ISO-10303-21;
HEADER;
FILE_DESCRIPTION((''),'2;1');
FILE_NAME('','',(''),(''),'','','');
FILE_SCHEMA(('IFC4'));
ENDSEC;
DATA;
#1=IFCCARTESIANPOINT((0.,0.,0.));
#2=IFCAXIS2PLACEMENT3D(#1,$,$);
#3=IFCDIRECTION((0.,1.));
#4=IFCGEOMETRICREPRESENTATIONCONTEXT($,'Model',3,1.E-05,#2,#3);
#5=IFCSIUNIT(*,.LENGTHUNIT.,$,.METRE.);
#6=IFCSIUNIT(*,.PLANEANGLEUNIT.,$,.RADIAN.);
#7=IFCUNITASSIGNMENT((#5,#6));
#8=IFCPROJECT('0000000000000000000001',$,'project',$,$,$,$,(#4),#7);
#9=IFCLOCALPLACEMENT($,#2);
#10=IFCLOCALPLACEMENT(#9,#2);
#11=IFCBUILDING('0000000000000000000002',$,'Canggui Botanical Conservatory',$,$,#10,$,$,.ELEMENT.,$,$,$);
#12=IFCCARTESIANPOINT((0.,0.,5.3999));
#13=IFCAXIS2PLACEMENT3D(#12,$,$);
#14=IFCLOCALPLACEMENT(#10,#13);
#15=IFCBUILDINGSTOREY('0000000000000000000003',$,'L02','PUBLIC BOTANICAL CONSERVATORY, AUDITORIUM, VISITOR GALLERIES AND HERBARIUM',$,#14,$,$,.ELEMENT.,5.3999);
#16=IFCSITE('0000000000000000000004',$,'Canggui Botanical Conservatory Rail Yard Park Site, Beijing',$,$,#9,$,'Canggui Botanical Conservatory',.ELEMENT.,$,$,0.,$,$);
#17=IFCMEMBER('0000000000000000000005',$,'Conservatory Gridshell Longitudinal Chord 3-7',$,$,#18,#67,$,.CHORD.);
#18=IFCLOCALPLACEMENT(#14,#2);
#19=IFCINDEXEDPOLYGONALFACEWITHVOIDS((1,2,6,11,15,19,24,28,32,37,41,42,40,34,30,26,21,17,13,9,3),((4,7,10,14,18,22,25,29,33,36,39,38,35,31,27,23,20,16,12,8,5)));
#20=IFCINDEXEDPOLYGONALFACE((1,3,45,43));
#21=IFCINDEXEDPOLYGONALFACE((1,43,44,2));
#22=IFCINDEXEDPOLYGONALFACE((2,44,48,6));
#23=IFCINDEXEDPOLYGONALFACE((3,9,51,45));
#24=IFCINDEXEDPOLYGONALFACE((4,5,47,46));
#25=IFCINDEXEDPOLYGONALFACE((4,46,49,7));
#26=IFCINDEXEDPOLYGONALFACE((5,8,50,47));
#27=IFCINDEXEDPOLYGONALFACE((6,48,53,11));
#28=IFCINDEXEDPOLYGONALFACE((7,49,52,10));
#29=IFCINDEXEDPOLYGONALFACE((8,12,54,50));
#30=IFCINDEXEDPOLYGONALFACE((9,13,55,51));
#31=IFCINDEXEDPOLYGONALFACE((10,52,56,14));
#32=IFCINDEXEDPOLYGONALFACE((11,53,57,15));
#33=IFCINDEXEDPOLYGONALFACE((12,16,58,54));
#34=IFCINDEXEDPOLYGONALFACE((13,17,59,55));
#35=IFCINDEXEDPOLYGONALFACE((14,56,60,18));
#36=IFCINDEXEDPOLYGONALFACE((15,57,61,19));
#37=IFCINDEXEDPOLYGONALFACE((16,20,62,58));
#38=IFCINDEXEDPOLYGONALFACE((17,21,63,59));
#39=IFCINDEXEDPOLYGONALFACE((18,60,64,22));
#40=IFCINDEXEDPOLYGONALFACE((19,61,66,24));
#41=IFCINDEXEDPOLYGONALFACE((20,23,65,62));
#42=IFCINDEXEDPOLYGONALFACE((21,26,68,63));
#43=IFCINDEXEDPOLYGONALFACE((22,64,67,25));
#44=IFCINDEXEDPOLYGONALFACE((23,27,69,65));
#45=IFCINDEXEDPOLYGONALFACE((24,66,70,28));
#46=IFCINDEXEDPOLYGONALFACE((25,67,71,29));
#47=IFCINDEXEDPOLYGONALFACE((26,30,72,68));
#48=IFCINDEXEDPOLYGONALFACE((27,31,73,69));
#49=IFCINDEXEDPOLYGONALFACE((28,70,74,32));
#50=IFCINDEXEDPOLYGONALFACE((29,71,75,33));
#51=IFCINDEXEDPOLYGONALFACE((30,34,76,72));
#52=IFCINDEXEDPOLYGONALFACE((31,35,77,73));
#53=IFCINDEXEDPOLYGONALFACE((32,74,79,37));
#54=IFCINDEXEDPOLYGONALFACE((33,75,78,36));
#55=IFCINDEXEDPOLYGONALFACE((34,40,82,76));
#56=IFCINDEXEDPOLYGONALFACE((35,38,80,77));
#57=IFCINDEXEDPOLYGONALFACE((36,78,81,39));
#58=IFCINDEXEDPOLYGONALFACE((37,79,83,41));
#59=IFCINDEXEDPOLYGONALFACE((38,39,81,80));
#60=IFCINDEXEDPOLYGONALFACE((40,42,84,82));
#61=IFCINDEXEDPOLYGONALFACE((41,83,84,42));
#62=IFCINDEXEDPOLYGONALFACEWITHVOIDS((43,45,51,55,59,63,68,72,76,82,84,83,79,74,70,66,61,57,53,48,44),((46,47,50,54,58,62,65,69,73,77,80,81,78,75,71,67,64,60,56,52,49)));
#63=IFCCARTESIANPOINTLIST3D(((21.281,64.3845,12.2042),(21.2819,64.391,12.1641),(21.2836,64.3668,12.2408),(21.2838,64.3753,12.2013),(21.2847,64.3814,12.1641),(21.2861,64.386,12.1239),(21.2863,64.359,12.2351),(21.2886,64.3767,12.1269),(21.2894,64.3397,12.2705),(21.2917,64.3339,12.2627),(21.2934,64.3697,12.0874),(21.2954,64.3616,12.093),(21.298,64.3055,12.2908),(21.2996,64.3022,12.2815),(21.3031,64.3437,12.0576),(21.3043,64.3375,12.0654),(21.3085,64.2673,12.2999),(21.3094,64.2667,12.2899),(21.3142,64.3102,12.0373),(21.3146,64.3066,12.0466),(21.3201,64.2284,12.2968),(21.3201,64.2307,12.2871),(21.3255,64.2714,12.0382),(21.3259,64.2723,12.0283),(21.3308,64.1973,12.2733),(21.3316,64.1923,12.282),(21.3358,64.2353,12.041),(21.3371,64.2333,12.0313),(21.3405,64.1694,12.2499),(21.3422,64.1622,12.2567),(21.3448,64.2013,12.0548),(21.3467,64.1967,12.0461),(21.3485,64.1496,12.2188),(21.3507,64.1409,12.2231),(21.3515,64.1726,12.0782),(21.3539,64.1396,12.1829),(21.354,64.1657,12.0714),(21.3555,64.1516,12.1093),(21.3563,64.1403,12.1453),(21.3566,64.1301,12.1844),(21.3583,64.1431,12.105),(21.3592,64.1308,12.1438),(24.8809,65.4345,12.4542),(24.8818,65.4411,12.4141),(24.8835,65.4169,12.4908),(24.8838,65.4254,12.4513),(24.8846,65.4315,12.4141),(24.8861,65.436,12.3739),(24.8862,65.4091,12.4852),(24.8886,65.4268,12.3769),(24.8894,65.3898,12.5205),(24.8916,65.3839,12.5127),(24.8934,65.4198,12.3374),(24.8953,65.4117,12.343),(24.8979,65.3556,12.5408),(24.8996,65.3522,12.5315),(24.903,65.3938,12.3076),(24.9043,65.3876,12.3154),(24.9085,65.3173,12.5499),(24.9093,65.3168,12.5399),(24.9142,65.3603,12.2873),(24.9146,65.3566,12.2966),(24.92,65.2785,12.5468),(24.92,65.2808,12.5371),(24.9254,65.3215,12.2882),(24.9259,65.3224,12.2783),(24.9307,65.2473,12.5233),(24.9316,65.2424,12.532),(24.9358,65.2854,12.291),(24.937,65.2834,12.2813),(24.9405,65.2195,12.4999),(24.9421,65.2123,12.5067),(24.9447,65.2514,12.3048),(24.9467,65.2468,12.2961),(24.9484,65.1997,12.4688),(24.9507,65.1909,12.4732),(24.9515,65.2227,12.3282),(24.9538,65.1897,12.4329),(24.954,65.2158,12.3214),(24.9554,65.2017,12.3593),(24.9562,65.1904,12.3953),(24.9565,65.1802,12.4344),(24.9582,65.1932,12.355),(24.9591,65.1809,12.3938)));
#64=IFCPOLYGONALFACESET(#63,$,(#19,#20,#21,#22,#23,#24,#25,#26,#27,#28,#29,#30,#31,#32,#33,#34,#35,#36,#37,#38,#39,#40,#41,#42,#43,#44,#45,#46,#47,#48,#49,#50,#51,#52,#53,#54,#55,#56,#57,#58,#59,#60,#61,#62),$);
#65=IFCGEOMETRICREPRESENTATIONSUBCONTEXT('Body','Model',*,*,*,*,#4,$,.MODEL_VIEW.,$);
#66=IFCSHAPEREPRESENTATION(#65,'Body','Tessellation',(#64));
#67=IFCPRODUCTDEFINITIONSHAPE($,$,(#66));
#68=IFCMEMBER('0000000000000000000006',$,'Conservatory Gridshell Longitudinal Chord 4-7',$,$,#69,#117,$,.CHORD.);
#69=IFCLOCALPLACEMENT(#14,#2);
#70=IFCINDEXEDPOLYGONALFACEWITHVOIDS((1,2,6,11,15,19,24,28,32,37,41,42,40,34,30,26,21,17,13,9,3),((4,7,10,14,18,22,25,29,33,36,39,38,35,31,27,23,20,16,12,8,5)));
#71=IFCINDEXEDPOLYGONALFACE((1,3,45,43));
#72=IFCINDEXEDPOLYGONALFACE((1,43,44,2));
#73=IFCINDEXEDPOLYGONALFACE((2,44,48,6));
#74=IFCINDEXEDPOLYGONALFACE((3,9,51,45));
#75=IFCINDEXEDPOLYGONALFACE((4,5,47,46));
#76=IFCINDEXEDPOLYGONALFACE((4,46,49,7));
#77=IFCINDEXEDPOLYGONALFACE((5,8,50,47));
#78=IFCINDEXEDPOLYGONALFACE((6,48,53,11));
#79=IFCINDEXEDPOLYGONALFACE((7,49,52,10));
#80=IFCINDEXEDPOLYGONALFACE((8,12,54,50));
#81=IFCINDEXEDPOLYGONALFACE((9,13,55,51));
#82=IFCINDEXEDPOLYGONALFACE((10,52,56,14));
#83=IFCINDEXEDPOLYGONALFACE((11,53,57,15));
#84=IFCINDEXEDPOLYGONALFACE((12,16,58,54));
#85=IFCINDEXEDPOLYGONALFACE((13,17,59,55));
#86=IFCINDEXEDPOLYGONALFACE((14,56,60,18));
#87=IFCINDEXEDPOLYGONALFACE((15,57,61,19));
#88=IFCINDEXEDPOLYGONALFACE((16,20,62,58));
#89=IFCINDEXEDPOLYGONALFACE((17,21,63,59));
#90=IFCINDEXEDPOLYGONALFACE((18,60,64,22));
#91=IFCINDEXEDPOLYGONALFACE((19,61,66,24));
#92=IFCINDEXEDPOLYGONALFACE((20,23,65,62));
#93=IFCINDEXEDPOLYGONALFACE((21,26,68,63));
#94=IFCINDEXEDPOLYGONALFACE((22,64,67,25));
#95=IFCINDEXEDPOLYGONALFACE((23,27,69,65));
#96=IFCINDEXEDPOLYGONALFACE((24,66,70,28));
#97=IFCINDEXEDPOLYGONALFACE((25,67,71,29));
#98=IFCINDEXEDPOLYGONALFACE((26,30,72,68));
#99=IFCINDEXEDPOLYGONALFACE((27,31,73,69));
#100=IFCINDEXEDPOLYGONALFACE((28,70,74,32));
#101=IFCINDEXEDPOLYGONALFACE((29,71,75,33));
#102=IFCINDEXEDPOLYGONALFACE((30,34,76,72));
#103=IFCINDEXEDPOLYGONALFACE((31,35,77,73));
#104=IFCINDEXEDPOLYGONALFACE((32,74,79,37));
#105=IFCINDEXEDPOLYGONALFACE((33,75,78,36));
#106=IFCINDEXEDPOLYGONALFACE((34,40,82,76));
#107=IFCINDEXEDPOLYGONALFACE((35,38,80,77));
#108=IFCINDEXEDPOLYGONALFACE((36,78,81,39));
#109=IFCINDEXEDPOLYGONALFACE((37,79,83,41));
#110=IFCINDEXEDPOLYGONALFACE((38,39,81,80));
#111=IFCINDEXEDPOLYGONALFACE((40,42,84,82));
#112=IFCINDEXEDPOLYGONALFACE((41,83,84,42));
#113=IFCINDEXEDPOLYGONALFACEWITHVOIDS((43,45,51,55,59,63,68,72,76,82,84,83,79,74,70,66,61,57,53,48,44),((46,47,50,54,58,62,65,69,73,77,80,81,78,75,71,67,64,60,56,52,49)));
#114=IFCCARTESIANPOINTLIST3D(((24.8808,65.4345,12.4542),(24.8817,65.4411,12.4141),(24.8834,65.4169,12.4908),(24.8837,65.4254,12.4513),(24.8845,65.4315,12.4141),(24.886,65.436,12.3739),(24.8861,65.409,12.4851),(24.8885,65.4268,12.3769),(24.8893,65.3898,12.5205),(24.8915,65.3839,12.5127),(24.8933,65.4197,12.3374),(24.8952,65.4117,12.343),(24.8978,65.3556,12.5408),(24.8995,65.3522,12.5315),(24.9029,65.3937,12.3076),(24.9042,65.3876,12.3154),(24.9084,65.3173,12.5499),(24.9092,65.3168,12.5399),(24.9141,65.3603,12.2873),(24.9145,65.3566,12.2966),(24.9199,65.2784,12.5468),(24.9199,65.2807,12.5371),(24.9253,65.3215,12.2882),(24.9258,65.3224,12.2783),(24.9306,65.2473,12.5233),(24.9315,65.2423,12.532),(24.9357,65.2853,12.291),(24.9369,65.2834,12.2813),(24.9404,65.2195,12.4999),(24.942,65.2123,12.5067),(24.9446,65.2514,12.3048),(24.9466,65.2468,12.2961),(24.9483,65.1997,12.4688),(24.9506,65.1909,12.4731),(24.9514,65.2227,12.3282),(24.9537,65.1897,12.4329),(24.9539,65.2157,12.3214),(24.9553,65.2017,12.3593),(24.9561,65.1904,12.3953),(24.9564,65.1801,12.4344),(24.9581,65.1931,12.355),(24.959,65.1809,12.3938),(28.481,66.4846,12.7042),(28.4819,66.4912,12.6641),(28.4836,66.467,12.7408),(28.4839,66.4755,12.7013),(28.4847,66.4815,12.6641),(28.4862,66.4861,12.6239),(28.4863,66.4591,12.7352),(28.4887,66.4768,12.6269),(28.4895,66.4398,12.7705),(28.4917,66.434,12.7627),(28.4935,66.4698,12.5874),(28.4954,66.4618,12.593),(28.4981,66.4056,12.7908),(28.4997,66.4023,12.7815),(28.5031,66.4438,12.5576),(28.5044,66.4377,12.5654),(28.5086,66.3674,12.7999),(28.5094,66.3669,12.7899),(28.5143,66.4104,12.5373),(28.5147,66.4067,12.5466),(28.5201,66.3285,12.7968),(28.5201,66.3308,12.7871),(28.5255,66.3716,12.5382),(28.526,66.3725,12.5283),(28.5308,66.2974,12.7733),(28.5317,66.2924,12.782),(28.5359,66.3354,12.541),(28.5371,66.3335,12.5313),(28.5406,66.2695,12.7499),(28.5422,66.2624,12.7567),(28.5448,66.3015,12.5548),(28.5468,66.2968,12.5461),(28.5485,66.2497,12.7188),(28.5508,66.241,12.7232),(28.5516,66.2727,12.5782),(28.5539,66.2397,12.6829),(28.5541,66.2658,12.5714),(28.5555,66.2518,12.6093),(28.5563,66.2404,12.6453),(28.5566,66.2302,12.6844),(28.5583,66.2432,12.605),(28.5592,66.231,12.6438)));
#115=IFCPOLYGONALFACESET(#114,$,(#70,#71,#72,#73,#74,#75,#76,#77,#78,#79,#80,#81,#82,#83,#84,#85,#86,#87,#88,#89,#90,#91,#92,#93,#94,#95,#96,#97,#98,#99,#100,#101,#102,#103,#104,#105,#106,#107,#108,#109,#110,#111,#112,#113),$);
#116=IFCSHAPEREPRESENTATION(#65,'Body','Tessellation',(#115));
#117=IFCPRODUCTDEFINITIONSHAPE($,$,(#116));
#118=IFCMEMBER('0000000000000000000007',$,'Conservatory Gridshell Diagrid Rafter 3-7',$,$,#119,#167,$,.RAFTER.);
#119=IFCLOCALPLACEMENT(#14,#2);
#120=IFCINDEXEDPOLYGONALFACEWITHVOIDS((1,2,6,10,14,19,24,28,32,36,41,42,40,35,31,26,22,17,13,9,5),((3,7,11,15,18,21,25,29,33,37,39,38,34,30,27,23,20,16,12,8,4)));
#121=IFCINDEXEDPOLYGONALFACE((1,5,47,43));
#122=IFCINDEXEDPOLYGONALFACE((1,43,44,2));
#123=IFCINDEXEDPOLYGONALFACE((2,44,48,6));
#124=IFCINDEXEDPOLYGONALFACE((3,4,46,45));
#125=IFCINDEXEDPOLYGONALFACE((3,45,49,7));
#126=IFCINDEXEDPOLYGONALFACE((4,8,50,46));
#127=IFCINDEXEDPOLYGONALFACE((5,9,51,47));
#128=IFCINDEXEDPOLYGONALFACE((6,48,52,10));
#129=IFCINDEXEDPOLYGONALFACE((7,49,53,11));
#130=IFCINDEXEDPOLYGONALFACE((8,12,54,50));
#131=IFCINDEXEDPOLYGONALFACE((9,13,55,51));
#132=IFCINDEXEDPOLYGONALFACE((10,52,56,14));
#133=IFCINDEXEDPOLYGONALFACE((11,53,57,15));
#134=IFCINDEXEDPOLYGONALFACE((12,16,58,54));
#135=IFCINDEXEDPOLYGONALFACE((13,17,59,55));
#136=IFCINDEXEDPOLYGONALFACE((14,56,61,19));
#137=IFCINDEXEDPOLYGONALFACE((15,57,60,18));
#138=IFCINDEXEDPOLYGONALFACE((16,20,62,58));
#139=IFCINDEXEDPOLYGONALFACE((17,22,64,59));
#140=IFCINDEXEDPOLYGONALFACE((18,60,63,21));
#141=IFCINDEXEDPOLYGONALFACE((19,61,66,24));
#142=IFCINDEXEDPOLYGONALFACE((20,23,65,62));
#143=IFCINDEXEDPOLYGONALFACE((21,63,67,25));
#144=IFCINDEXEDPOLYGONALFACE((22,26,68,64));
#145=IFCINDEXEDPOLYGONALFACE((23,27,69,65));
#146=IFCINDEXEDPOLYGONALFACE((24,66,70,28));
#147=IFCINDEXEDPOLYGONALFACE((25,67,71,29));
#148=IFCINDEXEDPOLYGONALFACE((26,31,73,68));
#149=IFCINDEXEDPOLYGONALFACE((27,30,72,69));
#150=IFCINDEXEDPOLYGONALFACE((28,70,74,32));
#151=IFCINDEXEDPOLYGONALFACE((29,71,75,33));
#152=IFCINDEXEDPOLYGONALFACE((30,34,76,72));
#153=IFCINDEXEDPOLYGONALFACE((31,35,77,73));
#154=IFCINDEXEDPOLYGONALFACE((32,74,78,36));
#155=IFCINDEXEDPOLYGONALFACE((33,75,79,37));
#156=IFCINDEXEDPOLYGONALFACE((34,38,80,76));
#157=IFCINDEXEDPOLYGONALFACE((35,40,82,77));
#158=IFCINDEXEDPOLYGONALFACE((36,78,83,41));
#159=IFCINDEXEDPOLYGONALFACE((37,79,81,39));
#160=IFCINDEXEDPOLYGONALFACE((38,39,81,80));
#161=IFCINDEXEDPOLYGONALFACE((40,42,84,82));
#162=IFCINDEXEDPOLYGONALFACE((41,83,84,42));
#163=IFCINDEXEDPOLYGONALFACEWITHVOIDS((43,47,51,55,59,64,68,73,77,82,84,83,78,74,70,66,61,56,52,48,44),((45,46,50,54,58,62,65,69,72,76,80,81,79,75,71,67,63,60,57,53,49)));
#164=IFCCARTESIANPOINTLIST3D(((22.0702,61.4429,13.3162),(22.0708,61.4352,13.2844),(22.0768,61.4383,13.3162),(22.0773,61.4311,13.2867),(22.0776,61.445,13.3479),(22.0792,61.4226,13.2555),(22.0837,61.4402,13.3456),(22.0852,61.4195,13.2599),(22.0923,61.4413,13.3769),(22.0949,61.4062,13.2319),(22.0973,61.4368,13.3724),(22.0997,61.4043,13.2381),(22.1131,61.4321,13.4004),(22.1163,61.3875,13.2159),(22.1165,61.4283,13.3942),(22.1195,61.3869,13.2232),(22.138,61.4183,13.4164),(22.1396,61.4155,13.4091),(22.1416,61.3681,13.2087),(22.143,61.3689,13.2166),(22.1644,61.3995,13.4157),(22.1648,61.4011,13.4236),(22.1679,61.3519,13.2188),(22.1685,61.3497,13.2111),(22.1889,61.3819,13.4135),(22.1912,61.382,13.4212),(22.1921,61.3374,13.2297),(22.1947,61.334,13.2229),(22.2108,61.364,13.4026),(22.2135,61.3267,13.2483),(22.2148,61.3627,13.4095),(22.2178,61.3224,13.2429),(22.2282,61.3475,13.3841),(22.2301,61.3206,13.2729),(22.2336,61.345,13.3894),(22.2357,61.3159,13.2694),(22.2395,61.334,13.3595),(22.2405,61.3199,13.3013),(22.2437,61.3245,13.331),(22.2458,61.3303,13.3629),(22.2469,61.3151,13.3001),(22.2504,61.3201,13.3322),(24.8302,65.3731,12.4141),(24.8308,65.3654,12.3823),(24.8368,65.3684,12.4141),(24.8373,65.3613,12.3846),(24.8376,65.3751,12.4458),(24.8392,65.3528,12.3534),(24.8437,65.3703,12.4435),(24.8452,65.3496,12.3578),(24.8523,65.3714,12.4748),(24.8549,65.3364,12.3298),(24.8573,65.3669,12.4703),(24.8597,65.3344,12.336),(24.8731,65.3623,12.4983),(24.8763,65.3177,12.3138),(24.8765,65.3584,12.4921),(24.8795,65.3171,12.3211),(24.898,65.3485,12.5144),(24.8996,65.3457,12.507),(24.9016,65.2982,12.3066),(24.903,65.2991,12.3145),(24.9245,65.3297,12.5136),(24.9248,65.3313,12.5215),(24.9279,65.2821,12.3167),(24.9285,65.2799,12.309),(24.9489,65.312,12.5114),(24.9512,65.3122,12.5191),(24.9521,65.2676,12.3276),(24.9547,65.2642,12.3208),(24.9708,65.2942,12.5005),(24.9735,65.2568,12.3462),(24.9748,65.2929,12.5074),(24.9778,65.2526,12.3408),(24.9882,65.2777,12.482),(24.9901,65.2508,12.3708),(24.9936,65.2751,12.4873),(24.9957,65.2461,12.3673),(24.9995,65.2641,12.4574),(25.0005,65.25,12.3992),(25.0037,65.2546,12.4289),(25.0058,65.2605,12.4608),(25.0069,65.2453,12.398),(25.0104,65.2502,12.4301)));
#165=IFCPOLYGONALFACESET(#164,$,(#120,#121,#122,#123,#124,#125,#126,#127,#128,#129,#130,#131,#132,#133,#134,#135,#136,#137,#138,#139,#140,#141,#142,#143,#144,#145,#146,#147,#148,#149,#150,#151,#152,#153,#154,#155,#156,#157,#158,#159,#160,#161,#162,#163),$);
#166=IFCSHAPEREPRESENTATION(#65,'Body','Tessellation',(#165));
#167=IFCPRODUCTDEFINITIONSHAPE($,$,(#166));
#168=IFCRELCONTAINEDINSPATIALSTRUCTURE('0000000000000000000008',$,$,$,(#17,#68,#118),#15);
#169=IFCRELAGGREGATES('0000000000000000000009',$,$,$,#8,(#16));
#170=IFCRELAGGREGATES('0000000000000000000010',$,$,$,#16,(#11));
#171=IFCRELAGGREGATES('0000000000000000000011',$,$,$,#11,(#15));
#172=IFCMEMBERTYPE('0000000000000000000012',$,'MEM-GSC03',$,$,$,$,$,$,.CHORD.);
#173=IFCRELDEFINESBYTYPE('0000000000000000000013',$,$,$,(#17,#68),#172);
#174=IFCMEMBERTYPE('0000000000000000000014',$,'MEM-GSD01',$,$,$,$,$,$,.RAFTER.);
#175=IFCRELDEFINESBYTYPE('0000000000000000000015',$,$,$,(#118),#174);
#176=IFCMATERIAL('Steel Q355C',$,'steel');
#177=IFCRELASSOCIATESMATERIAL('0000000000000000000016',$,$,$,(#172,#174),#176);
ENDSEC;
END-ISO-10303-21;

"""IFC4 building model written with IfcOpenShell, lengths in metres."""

from ifc_helpers import new_model, si_unit, direction, frame, origin, origin_2d, place, context, subcontext, project, spatial, hollow_circle, extrude, material, material_profile, profile_set, type_object, element, save


model = new_model("IFC4")

# Units and contexts
model_context = context("Model", 3, precision=1e-05, world=origin(), true_north=direction((0.0, 1.0)))
body_context = subcontext(model_context, "Body", "Model", "MODEL_VIEW")
ifc_project = project(units=[si_unit("LENGTHUNIT", "METRE"), si_unit("PLANEANGLEUNIT", "RADIAN")], contexts=[model_context])

# Site, building, storey
site_placement = place(None, origin())
site = spatial("IfcSite", under=ifc_project, at=site_placement, Name="Canggui Botanical Conservatory Rail Yard Park Site, Beijing", LongName="Canggui Botanical Conservatory", CompositionType="ELEMENT", RefElevation=0.0)
building_placement = place(site_placement, origin())
building = spatial("IfcBuilding", under=site, at=building_placement, Name="Canggui Botanical Conservatory", CompositionType="ELEMENT")
storey_placement = place(building_placement, frame((0.0, 0.0, 5.3999)))
storey = spatial("IfcBuildingStorey", under=building, at=storey_placement, Name="L02", Description="PUBLIC BOTANICAL CONSERVATORY, AUDITORIUM, VISITOR GALLERIES AND HERBARIUM", CompositionType="ELEMENT", Elevation=5.3999)

# Shared definitions
ifc_material_1 = material(Name="Steel Q355C", Category="steel")

# Members
ifc_material_profile_1 = material_profile(ifc_material_1, hollow_circle(Radius=0.1365, WallThickness=0.01, at=origin_2d()), Name="CHS 273x10")
ifc_profile_set_1 = profile_set([ifc_material_profile_1], Name="Steel Q355C")
member_type_1 = type_object("IfcMemberType", Name="MEM-GSC03", PredefinedType="CHORD", material=ifc_profile_set_1)
member_1_placement = place(storey_placement, frame((21.3201, 64.26, 12.1641), z_axis=(0.957867, 0.279402, 0.066521), x_axis=(-0.280023, 0.959993, 0.0)))
element("IfcMember", 1, at=member_1_placement, inside=storey, type_object=member_type_1, Name="Conservatory Gridshell Longitudinal Chord 3-7", PredefinedType="CHORD", context=body_context, shape_type="SweptSolid", body=[
    extrude(hollow_circle(Radius=0.1365, WallThickness=0.01, at=origin_2d()), origin(), (0.0, 0.0, 1.0), 3.7583),
])
member_2_placement = place(storey_placement, frame((24.9199, 65.3101, 12.4141), z_axis=(0.957872, 0.279385, 0.066517), x_axis=(-0.280005, 0.959999, 0.0)))
element("IfcMember", 2, at=member_2_placement, inside=storey, type_object=member_type_1, Name="Conservatory Gridshell Longitudinal Chord 4-7", PredefinedType="CHORD", context=body_context, shape_type="SweptSolid", body=[
    extrude(hollow_circle(Radius=0.1365, WallThickness=0.01, at=origin_2d()), origin(), (0.0, 0.0, 1.0), 3.7585),
])
ifc_material_profile_2 = material_profile(ifc_material_1, hollow_circle(Radius=0.1096, WallThickness=0.0081, at=origin_2d()), Name="CHS 219x8")
ifc_profile_set_2 = profile_set([ifc_material_profile_2], Name="Steel Q355C")
member_type_2 = type_object("IfcMemberType", Name="MEM-GSD01", PredefinedType="RAFTER", material=ifc_profile_set_2)
member_3_placement = place(storey_placement, frame((22.1599, 61.3799, 13.3162), z_axis=(0.564825, 0.804295, -0.184611), x_axis=(-0.818362, 0.574704, 0.0)))
element("IfcMember", 3, at=member_3_placement, inside=storey, type_object=member_type_2, Name="Conservatory Gridshell Diagrid Rafter 3-7", PredefinedType="RAFTER", context=body_context, shape_type="SweptSolid", body=[
    extrude(hollow_circle(Radius=0.1096, WallThickness=0.0081, at=origin_2d()), origin(), (0.0, 0.0, 1.0), 4.8865),
])

save(model, "model.ifc")
